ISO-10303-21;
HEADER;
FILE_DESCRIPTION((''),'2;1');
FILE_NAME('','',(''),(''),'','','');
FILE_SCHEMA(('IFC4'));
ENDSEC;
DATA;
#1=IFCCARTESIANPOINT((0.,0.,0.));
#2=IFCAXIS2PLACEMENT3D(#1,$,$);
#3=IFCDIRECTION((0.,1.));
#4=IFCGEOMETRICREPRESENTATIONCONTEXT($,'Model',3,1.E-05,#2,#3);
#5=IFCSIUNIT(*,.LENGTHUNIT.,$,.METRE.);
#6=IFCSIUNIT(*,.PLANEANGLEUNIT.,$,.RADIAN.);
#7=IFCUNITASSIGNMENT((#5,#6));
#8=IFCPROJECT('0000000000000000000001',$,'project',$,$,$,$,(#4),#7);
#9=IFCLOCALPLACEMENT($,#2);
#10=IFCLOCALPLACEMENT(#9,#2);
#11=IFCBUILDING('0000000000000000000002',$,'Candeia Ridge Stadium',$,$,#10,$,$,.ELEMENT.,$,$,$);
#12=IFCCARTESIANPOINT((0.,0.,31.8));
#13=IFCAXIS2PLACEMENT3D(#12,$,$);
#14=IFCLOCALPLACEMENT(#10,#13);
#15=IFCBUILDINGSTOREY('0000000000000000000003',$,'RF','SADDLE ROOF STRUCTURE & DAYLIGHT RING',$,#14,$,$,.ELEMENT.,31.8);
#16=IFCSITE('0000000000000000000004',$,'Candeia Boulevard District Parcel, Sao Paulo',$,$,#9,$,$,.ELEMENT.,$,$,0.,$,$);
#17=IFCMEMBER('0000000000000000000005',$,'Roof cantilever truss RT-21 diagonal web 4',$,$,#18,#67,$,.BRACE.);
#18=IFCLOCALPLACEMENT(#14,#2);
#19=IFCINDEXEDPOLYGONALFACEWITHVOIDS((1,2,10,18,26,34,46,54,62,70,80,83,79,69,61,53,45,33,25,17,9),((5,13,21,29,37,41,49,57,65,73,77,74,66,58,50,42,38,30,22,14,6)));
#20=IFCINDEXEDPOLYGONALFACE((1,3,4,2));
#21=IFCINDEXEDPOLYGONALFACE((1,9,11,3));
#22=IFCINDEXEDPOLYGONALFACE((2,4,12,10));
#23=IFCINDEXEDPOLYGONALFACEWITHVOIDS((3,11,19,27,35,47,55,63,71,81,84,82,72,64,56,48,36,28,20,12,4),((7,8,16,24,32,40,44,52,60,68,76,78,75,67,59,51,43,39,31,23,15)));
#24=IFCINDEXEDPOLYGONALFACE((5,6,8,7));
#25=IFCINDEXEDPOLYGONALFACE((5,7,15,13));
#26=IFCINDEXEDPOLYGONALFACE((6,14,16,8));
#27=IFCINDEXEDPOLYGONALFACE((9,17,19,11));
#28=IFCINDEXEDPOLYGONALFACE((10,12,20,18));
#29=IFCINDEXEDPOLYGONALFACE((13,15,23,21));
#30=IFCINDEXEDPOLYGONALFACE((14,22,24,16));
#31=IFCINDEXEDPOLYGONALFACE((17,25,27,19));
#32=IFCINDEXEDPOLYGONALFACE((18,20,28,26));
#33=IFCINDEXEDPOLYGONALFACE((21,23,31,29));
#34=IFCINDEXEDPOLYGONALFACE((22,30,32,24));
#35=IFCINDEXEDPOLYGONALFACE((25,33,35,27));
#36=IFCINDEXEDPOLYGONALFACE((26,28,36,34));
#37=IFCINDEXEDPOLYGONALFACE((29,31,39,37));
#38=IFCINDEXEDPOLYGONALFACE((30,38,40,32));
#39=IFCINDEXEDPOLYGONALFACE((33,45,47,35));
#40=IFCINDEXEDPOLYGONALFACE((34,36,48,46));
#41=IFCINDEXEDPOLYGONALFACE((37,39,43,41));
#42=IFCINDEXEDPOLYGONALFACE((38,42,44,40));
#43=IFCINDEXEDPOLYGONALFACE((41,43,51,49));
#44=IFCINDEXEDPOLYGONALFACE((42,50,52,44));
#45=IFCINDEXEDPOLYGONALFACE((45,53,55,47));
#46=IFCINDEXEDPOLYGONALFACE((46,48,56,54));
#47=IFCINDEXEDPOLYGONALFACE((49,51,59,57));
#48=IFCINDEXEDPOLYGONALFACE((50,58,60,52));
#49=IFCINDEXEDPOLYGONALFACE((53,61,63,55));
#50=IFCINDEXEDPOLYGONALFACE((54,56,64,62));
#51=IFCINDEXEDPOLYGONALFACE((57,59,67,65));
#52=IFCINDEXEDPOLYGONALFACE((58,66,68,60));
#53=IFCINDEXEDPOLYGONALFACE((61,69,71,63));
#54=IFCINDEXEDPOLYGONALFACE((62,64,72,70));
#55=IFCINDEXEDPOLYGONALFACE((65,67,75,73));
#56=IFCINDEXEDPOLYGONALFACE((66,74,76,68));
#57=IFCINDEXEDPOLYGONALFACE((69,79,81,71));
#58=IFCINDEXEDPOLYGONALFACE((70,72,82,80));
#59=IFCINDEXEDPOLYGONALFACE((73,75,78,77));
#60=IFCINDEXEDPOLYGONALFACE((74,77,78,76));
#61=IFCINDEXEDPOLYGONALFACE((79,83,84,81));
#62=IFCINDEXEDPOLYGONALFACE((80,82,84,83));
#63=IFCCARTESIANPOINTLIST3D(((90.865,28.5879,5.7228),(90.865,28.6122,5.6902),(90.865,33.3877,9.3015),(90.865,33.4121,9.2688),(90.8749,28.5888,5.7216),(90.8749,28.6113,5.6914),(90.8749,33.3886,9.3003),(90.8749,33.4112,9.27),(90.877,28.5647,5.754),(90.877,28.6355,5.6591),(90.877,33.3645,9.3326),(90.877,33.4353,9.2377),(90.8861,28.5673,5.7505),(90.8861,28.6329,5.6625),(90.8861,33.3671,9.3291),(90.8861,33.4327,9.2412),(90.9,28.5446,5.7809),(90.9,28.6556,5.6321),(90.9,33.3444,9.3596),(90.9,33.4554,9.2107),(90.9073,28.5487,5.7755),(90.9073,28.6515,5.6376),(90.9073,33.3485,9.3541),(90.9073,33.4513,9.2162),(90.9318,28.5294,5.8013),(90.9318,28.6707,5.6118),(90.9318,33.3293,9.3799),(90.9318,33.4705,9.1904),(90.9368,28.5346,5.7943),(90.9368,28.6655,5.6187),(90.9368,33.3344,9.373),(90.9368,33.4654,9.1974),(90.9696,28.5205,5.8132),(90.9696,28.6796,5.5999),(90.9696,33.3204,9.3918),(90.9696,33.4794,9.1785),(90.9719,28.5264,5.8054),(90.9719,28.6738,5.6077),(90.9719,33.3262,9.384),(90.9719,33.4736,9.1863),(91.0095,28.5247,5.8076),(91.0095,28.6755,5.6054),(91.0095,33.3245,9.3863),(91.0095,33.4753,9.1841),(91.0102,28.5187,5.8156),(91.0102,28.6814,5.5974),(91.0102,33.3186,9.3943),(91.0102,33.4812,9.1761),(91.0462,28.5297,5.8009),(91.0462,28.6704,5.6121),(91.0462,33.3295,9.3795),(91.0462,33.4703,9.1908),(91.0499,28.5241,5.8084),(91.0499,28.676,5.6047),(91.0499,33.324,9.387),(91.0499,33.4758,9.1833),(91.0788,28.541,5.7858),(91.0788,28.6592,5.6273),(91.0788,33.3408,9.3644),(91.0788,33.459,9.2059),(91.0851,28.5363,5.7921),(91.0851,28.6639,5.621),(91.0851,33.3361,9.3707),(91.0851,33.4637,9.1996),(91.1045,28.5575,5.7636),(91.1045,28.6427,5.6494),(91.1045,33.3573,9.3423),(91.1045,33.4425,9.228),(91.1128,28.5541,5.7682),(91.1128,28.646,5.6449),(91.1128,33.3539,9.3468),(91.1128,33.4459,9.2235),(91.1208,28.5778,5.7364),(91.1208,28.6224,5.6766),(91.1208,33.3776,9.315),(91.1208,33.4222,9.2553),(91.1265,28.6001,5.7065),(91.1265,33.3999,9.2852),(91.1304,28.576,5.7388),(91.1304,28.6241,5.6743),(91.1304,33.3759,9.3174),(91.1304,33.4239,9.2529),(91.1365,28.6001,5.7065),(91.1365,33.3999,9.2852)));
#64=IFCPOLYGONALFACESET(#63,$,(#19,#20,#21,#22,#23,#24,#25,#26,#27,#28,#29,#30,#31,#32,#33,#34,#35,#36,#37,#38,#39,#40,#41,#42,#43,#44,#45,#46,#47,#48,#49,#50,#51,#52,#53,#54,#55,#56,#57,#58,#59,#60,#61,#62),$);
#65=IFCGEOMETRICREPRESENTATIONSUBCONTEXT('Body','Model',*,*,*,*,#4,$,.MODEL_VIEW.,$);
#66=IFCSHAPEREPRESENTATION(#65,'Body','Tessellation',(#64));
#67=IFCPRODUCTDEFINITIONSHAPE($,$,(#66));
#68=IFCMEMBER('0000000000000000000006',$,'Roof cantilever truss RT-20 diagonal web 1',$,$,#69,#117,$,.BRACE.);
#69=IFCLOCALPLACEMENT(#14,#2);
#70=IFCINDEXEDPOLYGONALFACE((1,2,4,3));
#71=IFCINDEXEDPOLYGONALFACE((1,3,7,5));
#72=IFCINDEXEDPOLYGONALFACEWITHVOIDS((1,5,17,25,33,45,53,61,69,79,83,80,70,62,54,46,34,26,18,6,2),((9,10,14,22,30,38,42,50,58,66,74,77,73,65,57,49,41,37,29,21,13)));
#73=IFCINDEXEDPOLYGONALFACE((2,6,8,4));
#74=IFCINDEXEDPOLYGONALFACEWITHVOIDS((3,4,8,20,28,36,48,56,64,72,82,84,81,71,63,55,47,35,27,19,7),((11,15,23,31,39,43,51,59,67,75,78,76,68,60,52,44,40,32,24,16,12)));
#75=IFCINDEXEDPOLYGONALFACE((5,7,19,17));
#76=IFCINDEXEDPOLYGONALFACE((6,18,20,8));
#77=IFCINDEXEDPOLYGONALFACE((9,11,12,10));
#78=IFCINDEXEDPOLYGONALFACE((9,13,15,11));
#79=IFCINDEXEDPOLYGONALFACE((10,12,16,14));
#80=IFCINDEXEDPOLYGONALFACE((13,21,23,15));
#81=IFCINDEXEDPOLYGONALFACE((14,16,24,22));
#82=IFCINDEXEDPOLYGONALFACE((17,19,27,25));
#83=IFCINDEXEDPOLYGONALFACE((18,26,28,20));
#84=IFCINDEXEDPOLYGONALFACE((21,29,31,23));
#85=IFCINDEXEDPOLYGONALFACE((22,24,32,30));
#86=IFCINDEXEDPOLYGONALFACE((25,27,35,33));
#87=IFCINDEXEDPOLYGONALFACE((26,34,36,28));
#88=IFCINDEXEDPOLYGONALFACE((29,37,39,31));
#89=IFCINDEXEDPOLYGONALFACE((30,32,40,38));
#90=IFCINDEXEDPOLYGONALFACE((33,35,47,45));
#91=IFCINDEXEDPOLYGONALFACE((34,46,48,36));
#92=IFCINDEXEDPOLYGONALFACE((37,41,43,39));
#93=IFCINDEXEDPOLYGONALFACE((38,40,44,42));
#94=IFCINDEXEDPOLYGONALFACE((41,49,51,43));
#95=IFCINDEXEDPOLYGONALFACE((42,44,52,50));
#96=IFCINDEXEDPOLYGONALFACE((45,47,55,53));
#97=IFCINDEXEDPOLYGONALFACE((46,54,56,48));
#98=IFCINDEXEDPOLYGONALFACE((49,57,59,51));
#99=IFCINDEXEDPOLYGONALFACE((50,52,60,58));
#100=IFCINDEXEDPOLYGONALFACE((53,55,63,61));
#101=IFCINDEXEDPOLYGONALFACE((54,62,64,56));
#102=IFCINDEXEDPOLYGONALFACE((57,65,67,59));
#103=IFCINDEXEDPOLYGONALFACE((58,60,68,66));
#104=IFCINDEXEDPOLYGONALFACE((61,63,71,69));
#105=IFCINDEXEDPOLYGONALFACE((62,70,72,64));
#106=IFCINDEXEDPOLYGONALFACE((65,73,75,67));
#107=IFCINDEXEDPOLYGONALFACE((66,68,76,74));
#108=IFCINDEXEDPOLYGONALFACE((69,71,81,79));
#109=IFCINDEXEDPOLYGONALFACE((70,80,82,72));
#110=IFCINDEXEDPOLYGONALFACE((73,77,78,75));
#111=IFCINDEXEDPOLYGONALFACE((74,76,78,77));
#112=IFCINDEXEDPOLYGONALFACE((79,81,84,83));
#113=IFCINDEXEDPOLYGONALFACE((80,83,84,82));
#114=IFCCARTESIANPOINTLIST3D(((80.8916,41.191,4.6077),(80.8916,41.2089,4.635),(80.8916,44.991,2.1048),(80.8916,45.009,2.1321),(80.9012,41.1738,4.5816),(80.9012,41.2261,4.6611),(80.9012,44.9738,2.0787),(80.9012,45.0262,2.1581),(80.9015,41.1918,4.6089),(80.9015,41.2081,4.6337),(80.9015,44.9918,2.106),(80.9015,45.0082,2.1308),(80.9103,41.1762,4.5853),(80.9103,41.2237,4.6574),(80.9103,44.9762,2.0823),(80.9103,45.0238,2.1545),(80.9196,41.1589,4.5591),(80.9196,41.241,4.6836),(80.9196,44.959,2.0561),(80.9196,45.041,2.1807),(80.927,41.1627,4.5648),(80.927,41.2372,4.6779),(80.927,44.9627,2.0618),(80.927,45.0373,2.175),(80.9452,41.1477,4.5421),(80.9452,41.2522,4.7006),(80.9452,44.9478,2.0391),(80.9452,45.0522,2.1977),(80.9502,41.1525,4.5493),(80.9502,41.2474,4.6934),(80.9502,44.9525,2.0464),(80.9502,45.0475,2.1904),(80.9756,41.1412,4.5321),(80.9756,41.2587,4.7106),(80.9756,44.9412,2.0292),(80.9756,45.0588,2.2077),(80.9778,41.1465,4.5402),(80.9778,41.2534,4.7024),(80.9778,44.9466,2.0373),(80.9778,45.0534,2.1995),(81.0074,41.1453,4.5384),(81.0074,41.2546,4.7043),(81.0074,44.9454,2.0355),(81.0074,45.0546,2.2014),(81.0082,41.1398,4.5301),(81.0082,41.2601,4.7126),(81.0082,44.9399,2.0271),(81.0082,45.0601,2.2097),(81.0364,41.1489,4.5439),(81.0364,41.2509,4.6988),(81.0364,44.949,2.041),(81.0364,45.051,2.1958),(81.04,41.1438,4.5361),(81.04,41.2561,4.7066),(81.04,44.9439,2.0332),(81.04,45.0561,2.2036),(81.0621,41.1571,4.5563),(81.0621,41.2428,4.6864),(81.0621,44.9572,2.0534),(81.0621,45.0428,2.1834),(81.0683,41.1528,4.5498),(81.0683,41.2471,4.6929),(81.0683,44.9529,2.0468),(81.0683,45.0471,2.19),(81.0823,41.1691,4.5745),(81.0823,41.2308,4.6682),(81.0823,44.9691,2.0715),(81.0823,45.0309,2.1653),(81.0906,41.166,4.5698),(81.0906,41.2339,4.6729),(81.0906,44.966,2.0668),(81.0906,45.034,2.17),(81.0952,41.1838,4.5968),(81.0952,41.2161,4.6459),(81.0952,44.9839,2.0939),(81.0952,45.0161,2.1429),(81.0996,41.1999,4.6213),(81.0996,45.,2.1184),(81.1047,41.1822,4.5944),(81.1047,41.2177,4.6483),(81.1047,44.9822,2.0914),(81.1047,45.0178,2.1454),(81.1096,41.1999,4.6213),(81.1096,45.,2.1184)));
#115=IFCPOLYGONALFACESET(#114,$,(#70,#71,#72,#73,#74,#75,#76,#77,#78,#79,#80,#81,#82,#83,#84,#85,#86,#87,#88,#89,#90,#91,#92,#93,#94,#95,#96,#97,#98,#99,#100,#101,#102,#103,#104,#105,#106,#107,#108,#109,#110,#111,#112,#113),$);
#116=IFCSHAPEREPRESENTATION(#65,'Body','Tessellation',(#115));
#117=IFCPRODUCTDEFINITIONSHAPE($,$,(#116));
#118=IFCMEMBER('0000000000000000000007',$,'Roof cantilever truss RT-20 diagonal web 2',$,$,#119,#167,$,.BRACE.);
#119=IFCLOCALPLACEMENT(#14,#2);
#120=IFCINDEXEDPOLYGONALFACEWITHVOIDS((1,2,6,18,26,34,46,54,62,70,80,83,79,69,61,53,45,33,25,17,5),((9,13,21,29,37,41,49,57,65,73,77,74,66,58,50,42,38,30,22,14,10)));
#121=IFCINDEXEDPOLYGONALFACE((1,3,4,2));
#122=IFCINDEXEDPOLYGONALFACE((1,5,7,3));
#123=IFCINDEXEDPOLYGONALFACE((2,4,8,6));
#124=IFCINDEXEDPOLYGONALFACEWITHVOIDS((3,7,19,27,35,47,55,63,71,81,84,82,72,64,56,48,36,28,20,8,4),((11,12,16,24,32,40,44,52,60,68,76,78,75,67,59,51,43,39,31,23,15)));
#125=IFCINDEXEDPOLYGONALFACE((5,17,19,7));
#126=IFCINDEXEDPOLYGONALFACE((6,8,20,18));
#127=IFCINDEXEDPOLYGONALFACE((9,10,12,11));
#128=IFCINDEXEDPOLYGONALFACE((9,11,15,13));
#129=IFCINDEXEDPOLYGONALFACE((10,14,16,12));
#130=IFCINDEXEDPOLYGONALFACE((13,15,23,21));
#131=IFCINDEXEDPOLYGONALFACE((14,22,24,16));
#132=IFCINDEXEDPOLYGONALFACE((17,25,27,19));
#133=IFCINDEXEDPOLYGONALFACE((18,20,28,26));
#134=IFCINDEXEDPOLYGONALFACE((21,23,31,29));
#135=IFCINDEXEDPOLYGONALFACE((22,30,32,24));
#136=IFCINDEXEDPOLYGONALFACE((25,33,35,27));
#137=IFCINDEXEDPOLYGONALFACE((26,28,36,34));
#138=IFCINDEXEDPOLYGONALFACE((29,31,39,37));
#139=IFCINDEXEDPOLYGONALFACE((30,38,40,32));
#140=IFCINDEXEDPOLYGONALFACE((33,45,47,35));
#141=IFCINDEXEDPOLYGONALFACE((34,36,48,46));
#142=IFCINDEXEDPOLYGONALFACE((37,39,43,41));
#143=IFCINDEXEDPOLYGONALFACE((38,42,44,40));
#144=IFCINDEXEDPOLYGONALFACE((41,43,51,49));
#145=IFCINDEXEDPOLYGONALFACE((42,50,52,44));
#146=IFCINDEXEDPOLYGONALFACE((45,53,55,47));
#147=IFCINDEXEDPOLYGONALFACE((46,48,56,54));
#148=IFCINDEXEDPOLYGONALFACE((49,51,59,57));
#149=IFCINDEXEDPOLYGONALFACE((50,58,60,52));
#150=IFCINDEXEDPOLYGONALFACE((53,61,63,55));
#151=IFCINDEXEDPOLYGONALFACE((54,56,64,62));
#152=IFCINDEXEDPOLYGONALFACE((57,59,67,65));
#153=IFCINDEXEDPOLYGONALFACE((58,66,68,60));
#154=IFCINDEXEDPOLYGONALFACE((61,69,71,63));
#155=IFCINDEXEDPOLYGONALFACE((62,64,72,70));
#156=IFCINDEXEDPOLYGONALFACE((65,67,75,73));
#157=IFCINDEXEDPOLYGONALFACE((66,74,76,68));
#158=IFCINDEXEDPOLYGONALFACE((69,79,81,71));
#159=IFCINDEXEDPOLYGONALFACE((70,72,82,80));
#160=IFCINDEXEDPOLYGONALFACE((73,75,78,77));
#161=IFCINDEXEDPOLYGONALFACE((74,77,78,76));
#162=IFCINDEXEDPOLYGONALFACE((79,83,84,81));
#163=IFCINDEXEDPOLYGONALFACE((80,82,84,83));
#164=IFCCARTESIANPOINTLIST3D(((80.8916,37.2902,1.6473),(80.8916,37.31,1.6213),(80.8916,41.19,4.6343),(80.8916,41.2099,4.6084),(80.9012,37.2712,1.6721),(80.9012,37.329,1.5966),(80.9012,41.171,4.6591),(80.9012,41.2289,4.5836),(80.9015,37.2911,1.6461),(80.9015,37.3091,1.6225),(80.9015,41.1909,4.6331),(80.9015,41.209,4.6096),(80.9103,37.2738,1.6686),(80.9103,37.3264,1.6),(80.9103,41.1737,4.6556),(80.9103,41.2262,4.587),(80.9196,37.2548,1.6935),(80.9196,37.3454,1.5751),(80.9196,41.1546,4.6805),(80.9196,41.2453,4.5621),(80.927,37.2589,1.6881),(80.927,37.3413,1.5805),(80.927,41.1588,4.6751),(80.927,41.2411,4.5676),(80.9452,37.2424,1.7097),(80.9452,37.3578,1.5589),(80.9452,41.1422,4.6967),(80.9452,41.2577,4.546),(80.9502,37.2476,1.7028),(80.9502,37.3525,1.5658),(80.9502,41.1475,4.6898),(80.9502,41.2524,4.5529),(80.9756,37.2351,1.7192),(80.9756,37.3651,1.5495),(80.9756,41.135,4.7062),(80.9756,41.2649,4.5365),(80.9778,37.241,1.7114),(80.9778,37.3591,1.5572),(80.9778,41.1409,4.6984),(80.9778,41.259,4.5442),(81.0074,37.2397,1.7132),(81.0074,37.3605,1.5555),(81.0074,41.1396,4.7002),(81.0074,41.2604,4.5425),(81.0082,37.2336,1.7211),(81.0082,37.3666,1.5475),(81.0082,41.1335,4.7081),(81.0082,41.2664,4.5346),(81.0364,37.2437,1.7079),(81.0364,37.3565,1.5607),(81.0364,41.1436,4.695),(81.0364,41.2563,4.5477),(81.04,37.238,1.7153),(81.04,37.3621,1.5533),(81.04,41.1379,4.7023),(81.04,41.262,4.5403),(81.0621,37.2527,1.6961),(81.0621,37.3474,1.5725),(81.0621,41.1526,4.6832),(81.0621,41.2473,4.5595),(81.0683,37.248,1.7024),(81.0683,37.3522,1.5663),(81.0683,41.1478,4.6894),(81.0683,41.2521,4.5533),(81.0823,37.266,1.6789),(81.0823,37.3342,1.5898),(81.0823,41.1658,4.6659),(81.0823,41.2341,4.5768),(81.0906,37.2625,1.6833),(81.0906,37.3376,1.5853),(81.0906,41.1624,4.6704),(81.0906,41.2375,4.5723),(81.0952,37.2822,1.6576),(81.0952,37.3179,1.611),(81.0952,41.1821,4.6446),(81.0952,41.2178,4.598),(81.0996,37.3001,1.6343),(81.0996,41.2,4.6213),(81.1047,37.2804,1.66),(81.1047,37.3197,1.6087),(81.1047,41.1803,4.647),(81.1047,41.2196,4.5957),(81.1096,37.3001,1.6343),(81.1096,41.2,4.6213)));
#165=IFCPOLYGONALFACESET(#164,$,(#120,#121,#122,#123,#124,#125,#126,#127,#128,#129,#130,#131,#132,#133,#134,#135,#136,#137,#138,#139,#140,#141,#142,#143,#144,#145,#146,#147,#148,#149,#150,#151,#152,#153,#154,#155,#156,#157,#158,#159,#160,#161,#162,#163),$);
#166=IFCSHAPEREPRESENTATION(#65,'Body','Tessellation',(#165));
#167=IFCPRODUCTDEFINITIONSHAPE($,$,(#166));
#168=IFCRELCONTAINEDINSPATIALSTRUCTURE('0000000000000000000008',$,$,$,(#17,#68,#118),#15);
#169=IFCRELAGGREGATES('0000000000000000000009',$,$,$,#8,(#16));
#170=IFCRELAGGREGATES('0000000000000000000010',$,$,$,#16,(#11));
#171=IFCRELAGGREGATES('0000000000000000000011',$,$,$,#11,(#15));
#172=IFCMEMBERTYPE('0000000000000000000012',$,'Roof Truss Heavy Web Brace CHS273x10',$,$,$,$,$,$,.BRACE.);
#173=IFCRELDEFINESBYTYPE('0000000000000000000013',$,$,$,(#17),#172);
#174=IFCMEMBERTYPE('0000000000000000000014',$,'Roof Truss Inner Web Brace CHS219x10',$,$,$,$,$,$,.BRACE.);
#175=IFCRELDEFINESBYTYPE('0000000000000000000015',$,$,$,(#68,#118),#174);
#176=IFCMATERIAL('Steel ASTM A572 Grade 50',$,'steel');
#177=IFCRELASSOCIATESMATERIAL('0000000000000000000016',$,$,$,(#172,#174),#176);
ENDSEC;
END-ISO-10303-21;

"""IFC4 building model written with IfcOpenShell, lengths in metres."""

from ifc_helpers import new_model, si_unit, direction, frame, origin, origin_2d, place, context, subcontext, project, spatial, hollow_circle, extrude, material, material_profile, profile_set, type_object, element, save


model = new_model("IFC4")

# Units and contexts
model_context = context("Model", 3, precision=1e-05, world=origin(), true_north=direction((0.0, 1.0)))
body_context = subcontext(model_context, "Body", "Model", "MODEL_VIEW")
ifc_project = project(units=[si_unit("LENGTHUNIT", "METRE"), si_unit("PLANEANGLEUNIT", "RADIAN")], contexts=[model_context])

# Site, building, storey
site_placement = place(None, origin())
site = spatial("IfcSite", under=ifc_project, at=site_placement, Name="Candeia Boulevard District Parcel, Sao Paulo", CompositionType="ELEMENT", RefElevation=0.0)
building_placement = place(site_placement, origin())
building = spatial("IfcBuilding", under=site, at=building_placement, Name="Candeia Ridge Stadium", CompositionType="ELEMENT")
storey_placement = place(building_placement, frame((0.0, 0.0, 31.8)))
storey = spatial("IfcBuildingStorey", under=building, at=storey_placement, Name="RF", Description="SADDLE ROOF STRUCTURE & DAYLIGHT RING", CompositionType="ELEMENT", Elevation=31.8)

# Shared definitions
ifc_material_1 = material(Name="Steel ASTM A572 Grade 50", Category="steel")

# Members
ifc_material_profile_1 = material_profile(ifc_material_1, hollow_circle(Radius=0.1365, WallThickness=0.01, at=origin_2d()), Name="CHS273x10", Category="steel")
ifc_profile_set_1 = profile_set([ifc_material_profile_1], Name="Steel ASTM A572 Grade 50")
member_type_1 = type_object("IfcMemberType", Name="Roof Truss Heavy Web Brace CHS273x10", PredefinedType="BRACE", material=ifc_profile_set_1)
member_1_placement = place(storey_placement, frame((91.0, 33.3999, 9.2852), z_axis=(0.0, -0.8017, -0.597727), x_axis=(1.0, 0.0, 0.0)))
element("IfcMember", 1, at=member_1_placement, inside=storey, type_object=member_type_1, Name="Roof cantilever truss RT-21 diagonal web 4", PredefinedType="BRACE", context=body_context, shape_type="SweptSolid", body=[
    extrude(hollow_circle(Radius=0.1365, WallThickness=0.01, at=origin_2d()), origin(), (0.0, 0.0, 1.0), 5.9871),
])
ifc_material_profile_2 = material_profile(ifc_material_1, hollow_circle(Radius=0.1096, WallThickness=0.01, at=origin_2d()), Name="CHS219x10", Category="steel")
ifc_profile_set_2 = profile_set([ifc_material_profile_2], Name="Steel ASTM A572 Grade 50")
member_type_2 = type_object("IfcMemberType", Name="Roof Truss Inner Web Brace CHS219x10", PredefinedType="BRACE", material=ifc_profile_set_2)
member_2_placement = place(storey_placement, frame((81.0, 45.0, 2.1184), z_axis=(0.0, -0.835125, 0.550061), x_axis=(1.0, 0.0, 0.0)))
element("IfcMember", 2, at=member_2_placement, inside=storey, type_object=member_type_2, Name="Roof cantilever truss RT-20 diagonal web 1", PredefinedType="BRACE", context=body_context, shape_type="SweptSolid", body=[
    extrude(hollow_circle(Radius=0.1096, WallThickness=0.01, at=origin_2d()), origin(), (0.0, 0.0, 1.0), 4.5503),
])
member_3_placement = place(storey_placement, frame((81.0, 41.2, 4.6213), z_axis=(0.0, -0.793888, -0.608064), x_axis=(1.0, 0.0, 0.0)))
element("IfcMember", 3, at=member_3_placement, inside=storey, type_object=member_type_2, Name="Roof cantilever truss RT-20 diagonal web 2", PredefinedType="BRACE", context=body_context, shape_type="SweptSolid", body=[
    extrude(hollow_circle(Radius=0.1096, WallThickness=0.01, at=origin_2d()), origin(), (0.0, 0.0, 1.0), 4.9124),
])

save(model, "model.ifc")
